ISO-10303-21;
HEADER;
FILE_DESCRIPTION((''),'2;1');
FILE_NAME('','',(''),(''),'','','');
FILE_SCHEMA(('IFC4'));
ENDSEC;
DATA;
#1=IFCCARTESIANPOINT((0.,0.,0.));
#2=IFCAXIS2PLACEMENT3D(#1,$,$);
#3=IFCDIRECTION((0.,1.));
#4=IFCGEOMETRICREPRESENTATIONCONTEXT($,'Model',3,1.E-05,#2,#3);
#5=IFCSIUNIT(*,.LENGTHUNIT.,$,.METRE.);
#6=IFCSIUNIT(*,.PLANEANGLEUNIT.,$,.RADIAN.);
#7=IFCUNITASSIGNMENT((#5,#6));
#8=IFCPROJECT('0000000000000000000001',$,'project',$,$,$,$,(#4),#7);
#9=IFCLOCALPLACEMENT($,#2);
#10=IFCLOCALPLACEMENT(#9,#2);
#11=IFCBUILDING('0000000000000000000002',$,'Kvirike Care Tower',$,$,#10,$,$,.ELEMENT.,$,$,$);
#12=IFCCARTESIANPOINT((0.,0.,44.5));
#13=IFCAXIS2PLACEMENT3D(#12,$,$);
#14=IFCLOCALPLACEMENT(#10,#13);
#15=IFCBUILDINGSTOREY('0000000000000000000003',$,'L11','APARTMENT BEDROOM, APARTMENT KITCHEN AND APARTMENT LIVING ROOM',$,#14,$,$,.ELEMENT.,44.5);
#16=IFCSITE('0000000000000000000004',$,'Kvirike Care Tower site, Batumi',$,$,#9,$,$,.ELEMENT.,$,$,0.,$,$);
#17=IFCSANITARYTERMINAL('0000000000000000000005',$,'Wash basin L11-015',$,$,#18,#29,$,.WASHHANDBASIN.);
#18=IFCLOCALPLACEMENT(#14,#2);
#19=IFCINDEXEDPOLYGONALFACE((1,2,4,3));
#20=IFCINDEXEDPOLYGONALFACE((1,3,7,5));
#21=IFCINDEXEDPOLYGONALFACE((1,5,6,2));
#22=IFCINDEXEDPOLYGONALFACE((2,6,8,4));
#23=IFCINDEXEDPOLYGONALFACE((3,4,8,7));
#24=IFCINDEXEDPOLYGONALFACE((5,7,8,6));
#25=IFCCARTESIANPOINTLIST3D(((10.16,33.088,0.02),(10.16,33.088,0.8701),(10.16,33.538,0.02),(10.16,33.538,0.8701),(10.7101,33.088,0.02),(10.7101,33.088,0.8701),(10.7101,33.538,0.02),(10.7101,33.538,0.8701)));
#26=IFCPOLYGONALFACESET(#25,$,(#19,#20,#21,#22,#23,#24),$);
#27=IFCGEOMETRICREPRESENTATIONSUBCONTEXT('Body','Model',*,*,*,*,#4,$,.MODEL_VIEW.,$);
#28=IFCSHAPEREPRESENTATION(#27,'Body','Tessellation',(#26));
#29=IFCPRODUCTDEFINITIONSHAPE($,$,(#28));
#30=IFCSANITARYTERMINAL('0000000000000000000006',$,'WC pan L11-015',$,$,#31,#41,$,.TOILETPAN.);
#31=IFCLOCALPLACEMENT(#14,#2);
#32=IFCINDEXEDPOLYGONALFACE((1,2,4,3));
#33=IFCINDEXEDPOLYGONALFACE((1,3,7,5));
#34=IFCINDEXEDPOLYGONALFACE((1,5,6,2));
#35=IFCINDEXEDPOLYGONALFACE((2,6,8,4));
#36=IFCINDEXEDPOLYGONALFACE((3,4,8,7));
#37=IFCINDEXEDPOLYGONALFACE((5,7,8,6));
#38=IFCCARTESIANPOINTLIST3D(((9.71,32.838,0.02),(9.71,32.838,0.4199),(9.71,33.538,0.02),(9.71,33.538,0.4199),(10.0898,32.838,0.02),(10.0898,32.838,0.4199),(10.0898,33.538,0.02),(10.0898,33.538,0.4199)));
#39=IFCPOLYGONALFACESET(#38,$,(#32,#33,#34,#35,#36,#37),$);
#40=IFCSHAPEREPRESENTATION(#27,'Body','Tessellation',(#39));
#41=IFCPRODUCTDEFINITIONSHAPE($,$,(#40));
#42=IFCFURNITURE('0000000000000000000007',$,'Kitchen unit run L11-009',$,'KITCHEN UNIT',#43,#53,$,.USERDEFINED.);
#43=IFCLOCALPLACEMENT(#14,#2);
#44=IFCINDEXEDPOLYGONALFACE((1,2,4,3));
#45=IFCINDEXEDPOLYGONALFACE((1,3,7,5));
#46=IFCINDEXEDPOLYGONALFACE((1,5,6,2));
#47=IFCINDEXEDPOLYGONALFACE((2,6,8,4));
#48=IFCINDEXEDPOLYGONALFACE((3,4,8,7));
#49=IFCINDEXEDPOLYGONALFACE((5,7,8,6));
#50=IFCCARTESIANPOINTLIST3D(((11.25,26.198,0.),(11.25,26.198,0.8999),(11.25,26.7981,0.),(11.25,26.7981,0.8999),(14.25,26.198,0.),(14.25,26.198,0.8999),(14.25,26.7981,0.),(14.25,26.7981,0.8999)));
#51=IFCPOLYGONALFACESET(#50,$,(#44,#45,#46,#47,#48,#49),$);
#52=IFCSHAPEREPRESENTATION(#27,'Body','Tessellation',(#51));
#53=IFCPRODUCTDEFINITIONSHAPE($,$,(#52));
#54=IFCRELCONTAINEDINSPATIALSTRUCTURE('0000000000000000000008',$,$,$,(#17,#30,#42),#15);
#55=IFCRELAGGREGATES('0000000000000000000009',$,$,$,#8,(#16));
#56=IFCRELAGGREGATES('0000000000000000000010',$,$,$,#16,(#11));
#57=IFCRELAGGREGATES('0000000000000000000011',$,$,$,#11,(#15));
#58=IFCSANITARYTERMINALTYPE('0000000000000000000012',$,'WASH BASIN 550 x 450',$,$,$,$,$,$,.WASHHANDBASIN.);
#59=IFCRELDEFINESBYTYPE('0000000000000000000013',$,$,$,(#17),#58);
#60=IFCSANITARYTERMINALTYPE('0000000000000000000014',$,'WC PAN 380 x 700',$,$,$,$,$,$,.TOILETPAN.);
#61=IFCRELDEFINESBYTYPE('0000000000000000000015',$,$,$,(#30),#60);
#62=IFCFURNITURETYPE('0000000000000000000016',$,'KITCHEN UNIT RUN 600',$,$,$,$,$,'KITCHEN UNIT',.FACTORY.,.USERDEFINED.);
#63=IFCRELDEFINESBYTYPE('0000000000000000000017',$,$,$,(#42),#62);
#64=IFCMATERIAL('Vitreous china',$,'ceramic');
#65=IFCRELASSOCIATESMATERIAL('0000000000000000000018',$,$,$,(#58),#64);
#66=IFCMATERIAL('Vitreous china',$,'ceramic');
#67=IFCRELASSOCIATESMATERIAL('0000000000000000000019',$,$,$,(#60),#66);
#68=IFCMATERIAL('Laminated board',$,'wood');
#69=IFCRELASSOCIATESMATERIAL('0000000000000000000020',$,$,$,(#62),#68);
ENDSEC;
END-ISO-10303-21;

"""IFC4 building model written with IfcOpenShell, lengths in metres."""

from ifc_helpers import new_model, si_unit, direction, frame, origin, origin_2d, place, context, subcontext, project, spatial, rectangle, extrude, material, type_object, element, save


model = new_model("IFC4")

# Units and contexts
model_context = context("Model", 3, precision=1e-05, world=origin(), true_north=direction((0.0, 1.0)))
body_context = subcontext(model_context, "Body", "Model", "MODEL_VIEW")
ifc_project = project(units=[si_unit("LENGTHUNIT", "METRE"), si_unit("PLANEANGLEUNIT", "RADIAN")], contexts=[model_context])

# Site, building, storey
site_placement = place(None, origin())
site = spatial("IfcSite", under=ifc_project, at=site_placement, Name="Kvirike Care Tower site, Batumi", CompositionType="ELEMENT", RefElevation=0.0)
building_placement = place(site_placement, origin())
building = spatial("IfcBuilding", under=site, at=building_placement, Name="Kvirike Care Tower", CompositionType="ELEMENT")
storey_placement = place(building_placement, frame((0.0, 0.0, 44.5)))
storey = spatial("IfcBuildingStorey", under=building, at=storey_placement, Name="L11", Description="APARTMENT BEDROOM, APARTMENT KITCHEN AND APARTMENT LIVING ROOM", CompositionType="ELEMENT", Elevation=44.5)

# Sanitary terminals
ifc_material_1 = material(Name="Vitreous china", Category="ceramic")
sanitary_terminal_type_1 = type_object("IfcSanitaryTerminalType", Name="WASH BASIN 550 x 450", PredefinedType="WASHHANDBASIN", material=ifc_material_1)
for number, where, z_axis, x_axis, name in (
    (1, (10.4351, 33.313, 0.02), (0.0, 0.0, 1.0), (1.0, 0.0, 0.0), "Wash basin L11-015"),
):
    element("IfcSanitaryTerminal", number, at=place(storey_placement, frame(where, z_axis=z_axis, x_axis=x_axis)), inside=storey, type_object=sanitary_terminal_type_1, Name=name, PredefinedType="WASHHANDBASIN", context=body_context, shape_type="SweptSolid", body=[
        extrude(rectangle(XDim=0.55, YDim=0.45, at=origin_2d()), origin(), (0.0, 0.0, 1.0), 0.8501),
    ])
ifc_material_2 = material(Name="Vitreous china", Category="ceramic")
sanitary_terminal_type_2 = type_object("IfcSanitaryTerminalType", Name="WC PAN 380 x 700", PredefinedType="TOILETPAN", material=ifc_material_2)
sanitary_terminal_1_placement = place(storey_placement, frame((9.8999, 33.188, 0.02), z_axis=(0.0, 0.0, 1.0), x_axis=(1.0, 0.0, 0.0)))
element("IfcSanitaryTerminal", 2, at=sanitary_terminal_1_placement, inside=storey, type_object=sanitary_terminal_type_2, Name="WC pan L11-015", PredefinedType="TOILETPAN", context=body_context, shape_type="SweptSolid", body=[
    extrude(rectangle(XDim=0.3799, YDim=0.7, at=origin_2d()), origin(), (0.0, 0.0, 1.0), 0.3999),
])

# Furniture
ifc_material_3 = material(Name="Laminated board", Category="wood")
furniture_type = type_object("IfcFurnitureType", Name="KITCHEN UNIT RUN 600", ElementType="KITCHEN UNIT", AssemblyPlace="FACTORY", PredefinedType="USERDEFINED", material=ifc_material_3)
furniture_placement = place(storey_placement, frame((12.75, 26.498, 0.0), z_axis=(0.0, 0.0, 1.0), x_axis=(1.0, 0.0, 0.0)))
element("IfcFurniture", 3, at=furniture_placement, inside=storey, type_object=furniture_type, Name="Kitchen unit run L11-009", ObjectType="KITCHEN UNIT", PredefinedType="USERDEFINED", context=body_context, shape_type="SweptSolid", body=[
    extrude(rectangle(XDim=3.0, YDim=0.6001, at=origin_2d()), origin(), (0.0, 0.0, 1.0), 0.8999),
])

save(model, "model.ifc")
